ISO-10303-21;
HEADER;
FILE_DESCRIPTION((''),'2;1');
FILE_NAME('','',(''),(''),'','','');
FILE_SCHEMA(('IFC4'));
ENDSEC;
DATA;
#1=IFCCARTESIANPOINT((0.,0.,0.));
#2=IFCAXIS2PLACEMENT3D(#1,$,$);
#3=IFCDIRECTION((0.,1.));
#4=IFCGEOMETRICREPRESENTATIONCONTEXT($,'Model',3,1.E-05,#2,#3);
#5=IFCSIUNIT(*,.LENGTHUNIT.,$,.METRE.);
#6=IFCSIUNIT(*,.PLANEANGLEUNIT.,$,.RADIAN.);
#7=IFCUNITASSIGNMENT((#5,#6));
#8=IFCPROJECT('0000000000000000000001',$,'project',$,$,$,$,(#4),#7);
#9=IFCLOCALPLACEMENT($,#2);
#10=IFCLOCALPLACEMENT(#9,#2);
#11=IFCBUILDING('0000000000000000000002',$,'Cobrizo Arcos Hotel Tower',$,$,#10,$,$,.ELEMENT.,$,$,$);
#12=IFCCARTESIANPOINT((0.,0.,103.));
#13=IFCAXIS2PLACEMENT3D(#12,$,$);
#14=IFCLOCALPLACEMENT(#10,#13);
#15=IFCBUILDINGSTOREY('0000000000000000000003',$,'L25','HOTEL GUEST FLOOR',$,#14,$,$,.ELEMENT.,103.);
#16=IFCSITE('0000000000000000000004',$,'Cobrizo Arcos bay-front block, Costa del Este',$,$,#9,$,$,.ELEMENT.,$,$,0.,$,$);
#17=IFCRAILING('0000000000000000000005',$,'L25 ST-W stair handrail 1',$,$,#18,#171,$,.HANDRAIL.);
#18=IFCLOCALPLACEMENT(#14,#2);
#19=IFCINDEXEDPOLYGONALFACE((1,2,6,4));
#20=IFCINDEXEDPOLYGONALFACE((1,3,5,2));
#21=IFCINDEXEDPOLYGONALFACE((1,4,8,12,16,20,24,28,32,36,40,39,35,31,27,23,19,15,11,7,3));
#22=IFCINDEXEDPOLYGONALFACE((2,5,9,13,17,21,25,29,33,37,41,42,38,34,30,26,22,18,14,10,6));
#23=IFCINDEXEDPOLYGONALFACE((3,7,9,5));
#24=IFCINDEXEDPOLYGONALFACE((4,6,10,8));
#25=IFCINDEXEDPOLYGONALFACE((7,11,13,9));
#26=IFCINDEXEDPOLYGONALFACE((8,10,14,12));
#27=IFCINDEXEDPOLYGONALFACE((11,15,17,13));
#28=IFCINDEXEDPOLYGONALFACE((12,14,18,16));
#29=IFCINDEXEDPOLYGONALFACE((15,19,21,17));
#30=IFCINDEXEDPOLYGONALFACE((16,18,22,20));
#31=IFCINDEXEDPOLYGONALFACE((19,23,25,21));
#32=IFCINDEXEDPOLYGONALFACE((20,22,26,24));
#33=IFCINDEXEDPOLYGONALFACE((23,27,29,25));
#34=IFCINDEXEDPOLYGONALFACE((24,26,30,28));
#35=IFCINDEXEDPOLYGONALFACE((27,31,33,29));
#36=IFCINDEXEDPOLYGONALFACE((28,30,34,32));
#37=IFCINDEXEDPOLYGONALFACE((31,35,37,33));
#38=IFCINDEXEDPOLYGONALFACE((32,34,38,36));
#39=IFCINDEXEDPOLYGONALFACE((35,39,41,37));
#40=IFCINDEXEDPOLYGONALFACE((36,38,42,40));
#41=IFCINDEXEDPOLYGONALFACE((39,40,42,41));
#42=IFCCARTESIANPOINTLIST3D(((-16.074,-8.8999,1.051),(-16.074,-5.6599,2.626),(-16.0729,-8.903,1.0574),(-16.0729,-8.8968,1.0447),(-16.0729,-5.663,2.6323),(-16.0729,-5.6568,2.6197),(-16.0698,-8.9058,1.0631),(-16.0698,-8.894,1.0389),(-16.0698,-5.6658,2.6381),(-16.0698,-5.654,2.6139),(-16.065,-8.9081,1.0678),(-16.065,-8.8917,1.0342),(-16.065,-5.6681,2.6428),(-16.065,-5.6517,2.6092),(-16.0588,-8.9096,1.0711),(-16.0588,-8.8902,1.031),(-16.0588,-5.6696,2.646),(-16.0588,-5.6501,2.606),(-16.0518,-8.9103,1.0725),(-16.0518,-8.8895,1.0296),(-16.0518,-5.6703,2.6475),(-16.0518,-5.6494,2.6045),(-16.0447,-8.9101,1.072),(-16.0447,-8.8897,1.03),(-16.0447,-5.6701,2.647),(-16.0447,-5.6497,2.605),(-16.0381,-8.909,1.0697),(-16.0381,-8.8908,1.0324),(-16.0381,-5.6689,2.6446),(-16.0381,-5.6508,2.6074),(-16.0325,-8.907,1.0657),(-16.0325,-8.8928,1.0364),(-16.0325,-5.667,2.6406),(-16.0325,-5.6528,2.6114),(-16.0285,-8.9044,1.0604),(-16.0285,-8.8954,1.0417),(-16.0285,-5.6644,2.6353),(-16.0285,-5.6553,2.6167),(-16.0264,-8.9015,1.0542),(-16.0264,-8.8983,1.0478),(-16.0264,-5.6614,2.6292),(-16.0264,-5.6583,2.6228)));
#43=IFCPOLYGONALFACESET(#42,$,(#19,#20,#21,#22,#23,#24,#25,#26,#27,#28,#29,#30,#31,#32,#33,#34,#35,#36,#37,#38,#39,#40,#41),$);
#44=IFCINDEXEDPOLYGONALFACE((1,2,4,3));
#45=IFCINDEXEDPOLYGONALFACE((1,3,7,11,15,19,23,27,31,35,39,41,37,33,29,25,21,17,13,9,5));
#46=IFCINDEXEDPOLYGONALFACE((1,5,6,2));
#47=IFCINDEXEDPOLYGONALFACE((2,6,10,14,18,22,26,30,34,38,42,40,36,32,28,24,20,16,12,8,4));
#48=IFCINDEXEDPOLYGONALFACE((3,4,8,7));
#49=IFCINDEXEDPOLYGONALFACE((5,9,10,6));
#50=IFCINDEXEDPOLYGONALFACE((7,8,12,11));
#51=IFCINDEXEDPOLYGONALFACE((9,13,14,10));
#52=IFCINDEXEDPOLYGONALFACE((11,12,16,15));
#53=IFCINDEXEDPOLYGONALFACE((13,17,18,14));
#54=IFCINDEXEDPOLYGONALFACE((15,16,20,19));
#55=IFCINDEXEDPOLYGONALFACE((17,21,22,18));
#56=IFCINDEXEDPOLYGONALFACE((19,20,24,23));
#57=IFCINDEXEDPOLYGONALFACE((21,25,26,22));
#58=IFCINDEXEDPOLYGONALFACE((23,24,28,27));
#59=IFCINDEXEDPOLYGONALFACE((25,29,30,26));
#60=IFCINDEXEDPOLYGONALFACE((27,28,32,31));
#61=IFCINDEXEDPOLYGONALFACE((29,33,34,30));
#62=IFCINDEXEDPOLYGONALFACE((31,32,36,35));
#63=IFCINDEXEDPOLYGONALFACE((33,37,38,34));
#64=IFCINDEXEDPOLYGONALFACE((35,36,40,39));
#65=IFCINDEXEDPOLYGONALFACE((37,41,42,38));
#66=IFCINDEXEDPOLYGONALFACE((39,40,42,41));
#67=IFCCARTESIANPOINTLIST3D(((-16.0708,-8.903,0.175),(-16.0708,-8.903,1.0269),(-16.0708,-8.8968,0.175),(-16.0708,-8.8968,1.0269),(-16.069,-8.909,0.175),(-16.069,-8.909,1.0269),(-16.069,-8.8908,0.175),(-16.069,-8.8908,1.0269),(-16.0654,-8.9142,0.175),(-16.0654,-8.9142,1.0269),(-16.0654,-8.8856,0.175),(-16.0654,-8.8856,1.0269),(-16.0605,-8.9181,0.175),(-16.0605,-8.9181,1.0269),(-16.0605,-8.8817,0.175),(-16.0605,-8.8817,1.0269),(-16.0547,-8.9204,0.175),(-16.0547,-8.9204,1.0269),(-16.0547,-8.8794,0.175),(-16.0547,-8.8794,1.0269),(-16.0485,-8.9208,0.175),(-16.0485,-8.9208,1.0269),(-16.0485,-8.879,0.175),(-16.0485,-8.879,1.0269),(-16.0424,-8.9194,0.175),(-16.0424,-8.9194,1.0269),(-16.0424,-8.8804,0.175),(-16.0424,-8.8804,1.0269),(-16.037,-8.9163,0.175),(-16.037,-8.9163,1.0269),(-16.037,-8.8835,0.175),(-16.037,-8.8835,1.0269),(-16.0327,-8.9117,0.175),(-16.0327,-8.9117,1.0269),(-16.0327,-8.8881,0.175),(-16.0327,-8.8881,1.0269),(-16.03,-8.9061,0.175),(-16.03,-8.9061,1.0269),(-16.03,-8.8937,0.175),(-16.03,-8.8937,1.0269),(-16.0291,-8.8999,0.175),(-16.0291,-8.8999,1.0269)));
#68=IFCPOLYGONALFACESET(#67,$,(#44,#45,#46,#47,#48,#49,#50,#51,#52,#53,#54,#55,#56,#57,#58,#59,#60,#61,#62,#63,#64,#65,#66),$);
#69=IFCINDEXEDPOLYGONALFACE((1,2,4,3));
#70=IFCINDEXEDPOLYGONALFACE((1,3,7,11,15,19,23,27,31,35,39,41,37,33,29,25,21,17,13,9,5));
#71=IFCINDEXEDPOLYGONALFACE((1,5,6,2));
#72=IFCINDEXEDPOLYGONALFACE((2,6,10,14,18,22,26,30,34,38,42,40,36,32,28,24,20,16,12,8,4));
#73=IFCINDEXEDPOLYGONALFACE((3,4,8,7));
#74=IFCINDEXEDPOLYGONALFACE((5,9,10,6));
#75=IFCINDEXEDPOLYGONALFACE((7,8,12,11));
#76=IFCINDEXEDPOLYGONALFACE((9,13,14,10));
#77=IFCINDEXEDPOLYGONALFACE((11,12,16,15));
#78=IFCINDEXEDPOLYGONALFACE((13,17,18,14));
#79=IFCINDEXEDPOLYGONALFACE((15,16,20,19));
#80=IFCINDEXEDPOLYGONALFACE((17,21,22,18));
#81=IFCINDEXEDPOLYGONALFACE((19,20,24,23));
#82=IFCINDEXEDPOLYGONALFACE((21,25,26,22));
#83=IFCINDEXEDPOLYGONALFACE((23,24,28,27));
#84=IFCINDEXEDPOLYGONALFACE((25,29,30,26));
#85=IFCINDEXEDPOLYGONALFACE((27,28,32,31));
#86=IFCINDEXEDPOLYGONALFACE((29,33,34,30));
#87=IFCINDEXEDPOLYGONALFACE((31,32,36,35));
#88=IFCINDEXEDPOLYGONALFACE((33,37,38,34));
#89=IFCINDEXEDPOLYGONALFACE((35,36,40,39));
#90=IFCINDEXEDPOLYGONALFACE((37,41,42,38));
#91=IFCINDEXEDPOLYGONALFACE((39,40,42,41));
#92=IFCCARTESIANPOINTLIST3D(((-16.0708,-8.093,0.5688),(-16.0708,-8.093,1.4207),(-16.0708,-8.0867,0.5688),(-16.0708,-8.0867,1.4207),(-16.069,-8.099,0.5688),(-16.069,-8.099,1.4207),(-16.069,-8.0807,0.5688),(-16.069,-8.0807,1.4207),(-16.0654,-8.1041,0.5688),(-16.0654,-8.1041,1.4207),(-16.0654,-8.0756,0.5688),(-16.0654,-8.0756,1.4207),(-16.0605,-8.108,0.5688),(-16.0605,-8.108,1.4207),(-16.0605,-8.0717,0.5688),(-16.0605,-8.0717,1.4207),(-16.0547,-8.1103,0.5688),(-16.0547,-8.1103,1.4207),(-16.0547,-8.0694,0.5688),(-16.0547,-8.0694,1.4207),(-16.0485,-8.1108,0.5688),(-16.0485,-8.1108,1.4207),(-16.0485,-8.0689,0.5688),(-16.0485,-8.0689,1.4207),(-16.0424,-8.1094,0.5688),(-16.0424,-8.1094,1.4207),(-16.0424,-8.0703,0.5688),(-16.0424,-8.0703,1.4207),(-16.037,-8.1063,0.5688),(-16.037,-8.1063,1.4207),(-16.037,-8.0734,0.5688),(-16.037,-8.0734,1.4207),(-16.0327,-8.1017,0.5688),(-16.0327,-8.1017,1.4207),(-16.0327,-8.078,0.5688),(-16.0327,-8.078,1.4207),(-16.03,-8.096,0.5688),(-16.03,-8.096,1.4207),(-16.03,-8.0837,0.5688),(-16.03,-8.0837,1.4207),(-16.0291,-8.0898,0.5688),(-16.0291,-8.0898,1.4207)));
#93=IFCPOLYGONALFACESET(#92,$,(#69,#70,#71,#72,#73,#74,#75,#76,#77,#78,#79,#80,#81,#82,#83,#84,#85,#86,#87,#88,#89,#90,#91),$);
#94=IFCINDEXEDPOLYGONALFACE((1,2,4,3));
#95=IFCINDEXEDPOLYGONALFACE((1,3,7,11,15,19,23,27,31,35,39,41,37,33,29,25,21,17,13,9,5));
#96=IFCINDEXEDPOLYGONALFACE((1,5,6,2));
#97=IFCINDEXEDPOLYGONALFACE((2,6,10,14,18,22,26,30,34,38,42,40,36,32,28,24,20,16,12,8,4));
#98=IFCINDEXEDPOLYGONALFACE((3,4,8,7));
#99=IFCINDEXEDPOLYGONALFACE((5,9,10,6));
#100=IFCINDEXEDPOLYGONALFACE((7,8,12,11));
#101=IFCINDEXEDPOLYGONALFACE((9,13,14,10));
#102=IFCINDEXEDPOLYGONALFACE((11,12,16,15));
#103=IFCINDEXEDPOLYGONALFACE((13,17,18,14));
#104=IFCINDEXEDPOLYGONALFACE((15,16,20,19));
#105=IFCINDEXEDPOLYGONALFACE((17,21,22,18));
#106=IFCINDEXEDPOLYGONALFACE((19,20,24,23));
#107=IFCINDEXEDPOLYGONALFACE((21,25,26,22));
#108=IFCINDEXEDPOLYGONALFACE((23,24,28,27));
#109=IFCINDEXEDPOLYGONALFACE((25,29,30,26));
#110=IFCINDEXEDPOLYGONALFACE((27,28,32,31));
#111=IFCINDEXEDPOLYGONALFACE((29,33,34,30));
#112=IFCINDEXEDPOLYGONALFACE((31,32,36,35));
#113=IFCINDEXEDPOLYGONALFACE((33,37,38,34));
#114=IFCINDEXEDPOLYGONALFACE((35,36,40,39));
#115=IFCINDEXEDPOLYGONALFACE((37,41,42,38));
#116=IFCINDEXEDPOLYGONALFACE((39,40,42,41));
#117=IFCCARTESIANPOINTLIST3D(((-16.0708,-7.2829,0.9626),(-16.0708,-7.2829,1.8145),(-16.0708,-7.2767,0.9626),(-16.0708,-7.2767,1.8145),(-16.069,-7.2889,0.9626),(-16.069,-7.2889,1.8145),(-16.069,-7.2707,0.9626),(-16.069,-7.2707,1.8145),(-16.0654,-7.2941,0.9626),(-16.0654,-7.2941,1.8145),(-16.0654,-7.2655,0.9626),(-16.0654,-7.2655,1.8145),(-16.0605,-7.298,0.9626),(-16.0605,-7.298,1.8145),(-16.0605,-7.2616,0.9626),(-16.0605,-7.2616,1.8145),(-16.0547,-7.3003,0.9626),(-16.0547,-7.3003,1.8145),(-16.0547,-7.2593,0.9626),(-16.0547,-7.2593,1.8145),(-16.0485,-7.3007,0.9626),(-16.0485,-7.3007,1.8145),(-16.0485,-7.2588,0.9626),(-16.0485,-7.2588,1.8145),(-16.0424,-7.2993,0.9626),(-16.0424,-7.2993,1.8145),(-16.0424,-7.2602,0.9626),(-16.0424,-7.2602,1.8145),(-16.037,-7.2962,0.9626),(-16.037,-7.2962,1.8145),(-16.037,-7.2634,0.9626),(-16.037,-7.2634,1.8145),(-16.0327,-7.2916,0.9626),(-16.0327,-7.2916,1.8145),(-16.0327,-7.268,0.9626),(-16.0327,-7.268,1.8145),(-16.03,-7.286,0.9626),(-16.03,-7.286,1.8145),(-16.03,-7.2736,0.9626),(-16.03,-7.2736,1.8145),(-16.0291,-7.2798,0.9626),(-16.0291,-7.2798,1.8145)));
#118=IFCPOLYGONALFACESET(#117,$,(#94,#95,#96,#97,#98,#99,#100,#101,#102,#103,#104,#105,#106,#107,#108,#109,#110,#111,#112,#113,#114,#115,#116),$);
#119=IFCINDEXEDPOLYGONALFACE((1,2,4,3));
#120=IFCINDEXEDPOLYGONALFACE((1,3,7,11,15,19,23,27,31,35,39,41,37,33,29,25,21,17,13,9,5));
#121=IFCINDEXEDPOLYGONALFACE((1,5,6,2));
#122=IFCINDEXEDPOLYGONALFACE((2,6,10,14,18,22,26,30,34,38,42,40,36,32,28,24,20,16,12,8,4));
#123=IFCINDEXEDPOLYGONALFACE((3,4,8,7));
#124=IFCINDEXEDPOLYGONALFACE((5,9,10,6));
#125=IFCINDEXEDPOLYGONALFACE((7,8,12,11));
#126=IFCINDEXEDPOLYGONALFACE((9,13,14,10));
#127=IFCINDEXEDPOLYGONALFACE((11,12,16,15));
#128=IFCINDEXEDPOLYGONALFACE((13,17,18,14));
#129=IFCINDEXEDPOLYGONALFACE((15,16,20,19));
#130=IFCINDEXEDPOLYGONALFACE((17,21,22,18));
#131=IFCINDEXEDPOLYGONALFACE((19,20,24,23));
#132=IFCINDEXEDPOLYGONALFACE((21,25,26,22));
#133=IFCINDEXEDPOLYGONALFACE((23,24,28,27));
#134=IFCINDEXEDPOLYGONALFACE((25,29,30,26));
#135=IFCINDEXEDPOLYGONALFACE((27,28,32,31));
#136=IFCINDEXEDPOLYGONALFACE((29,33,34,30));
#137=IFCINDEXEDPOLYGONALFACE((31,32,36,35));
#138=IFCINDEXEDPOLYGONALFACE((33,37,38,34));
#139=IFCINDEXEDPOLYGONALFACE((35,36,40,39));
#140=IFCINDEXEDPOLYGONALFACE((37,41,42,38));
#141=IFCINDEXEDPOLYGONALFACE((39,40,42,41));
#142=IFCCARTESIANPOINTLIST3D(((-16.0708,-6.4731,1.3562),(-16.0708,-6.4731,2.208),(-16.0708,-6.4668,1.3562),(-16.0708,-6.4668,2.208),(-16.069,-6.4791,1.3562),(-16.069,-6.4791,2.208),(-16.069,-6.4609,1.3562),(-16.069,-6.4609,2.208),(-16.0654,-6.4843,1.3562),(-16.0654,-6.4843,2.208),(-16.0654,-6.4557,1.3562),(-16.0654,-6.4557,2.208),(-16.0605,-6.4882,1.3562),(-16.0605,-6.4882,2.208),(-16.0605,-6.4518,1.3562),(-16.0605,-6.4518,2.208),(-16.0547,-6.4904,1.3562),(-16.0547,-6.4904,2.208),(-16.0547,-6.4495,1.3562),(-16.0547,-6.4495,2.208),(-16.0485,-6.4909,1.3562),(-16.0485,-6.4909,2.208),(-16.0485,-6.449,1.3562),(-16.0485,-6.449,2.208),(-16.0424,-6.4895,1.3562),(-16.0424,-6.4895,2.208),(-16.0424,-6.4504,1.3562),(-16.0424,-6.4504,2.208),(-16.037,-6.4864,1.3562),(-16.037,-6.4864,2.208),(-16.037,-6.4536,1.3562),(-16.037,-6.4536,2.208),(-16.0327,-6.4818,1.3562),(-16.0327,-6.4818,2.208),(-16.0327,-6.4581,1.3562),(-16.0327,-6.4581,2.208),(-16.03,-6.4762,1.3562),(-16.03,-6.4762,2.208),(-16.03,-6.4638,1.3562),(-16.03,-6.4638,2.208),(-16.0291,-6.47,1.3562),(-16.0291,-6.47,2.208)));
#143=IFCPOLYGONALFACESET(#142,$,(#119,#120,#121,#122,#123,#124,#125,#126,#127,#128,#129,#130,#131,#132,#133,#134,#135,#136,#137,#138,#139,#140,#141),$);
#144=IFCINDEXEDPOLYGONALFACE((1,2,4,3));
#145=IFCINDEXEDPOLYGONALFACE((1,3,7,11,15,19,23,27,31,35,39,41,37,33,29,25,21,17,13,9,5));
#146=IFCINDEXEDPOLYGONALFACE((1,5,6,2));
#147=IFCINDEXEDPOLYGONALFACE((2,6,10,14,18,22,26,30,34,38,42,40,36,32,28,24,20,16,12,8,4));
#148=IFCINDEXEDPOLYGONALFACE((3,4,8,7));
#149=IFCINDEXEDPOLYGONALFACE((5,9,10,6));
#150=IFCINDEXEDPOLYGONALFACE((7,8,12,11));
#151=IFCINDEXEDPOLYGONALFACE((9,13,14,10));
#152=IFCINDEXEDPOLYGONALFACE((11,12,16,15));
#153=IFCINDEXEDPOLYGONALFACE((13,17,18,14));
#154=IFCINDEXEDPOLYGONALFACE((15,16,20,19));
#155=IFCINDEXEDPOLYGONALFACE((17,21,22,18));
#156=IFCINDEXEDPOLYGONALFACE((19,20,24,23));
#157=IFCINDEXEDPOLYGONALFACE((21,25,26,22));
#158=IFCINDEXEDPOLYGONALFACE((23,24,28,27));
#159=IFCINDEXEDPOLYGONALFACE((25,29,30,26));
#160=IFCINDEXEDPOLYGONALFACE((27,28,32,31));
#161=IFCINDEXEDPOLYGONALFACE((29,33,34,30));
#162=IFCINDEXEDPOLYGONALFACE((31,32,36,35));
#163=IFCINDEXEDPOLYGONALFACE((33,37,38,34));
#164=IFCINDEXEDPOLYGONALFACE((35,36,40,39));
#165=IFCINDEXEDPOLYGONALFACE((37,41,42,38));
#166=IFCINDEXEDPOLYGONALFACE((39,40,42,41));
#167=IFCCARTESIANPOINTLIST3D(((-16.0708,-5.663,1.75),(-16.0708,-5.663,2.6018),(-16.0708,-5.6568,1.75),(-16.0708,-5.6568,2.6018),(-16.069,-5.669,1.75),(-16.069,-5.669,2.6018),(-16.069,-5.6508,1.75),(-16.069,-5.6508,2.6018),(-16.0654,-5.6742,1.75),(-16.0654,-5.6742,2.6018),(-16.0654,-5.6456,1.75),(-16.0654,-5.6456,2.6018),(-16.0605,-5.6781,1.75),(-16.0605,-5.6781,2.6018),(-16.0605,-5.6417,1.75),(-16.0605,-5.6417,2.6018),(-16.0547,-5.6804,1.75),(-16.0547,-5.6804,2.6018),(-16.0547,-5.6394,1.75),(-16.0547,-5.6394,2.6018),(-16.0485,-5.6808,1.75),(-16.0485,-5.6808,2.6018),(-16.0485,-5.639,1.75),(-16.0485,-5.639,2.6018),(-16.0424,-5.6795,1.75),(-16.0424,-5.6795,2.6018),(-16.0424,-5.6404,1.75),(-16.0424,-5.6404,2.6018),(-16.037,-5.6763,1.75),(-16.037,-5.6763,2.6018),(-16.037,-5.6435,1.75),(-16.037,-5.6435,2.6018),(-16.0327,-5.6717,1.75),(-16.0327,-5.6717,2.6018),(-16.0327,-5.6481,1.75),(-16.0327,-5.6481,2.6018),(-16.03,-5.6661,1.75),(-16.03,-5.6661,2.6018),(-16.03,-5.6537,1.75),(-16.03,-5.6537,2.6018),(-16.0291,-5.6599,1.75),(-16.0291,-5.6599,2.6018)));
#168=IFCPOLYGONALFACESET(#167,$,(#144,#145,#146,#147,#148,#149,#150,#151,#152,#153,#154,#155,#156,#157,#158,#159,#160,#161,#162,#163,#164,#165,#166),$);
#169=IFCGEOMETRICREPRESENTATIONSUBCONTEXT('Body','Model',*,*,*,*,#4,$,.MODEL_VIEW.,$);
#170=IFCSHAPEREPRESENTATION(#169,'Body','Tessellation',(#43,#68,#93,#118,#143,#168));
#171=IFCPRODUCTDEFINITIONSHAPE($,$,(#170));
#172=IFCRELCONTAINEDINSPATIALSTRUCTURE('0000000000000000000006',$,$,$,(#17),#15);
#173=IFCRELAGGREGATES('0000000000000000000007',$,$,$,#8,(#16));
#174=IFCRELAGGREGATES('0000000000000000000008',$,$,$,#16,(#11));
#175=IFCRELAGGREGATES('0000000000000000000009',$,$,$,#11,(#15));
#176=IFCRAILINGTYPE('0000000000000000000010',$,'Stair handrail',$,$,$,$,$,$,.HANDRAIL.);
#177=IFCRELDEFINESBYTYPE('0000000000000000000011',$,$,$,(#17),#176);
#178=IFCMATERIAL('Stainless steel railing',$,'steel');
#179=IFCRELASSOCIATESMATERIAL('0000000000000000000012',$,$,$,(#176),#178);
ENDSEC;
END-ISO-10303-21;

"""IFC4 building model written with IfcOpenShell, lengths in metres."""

from ifc_helpers import new_model, si_unit, direction, frame, origin, origin_2d, place, context, subcontext, project, spatial, circle, extrude, material, type_object, element, save


model = new_model("IFC4")

# Units and contexts
model_context = context("Model", 3, precision=1e-05, world=origin(), true_north=direction((0.0, 1.0)))
body_context = subcontext(model_context, "Body", "Model", "MODEL_VIEW")
ifc_project = project(units=[si_unit("LENGTHUNIT", "METRE"), si_unit("PLANEANGLEUNIT", "RADIAN")], contexts=[model_context])

# Site, building, storey
site_placement = place(None, origin())
site = spatial("IfcSite", under=ifc_project, at=site_placement, Name="Cobrizo Arcos bay-front block, Costa del Este", CompositionType="ELEMENT", RefElevation=0.0)
building_placement = place(site_placement, origin())
building = spatial("IfcBuilding", under=site, at=building_placement, Name="Cobrizo Arcos Hotel Tower", CompositionType="ELEMENT")
storey_placement = place(building_placement, frame((0.0, 0.0, 103.0)))
storey = spatial("IfcBuildingStorey", under=building, at=storey_placement, Name="L25", Description="HOTEL GUEST FLOOR", CompositionType="ELEMENT", Elevation=103.0)

# Railing
ifc_material_1 = material(Name="Stainless steel railing", Category="steel")
railing_type_1 = type_object("IfcRailingType", Name="Stair handrail", PredefinedType="HANDRAIL", material=ifc_material_1)
railing_1_placement = place(storey_placement, frame((-16.05, -8.8999, 0.175)))
element("IfcRailing", 1, at=railing_1_placement, inside=storey, type_object=railing_type_1, Name="L25 ST-W stair handrail 1", PredefinedType="HANDRAIL", context=body_context, shape_type="SweptSolid", body=[
    extrude(circle(Radius=0.0239, at=origin_2d()), frame((0.0, 0.0, 0.876), z_axis=(0.0, 0.899373, 0.437183), x_axis=(-1.0, 0.0, 0.0)), (0.0, 0.0, 1.0), 3.6025),
    extrude(circle(Radius=0.021, at=origin_2d()), origin(), (0.0, 0.0, 1.0), 0.8518),
    extrude(circle(Radius=0.021, at=origin_2d()), frame((0.0, 0.8101, 0.3938)), (0.0, 0.0, 1.0), 0.8518),
    extrude(circle(Radius=0.021, at=origin_2d()), frame((0.0, 1.6201, 0.7876)), (0.0, 0.0, 1.0), 0.8518),
    extrude(circle(Radius=0.021, at=origin_2d()), frame((0.0, 2.4299, 1.1812)), (0.0, 0.0, 1.0), 0.8518),
    extrude(circle(Radius=0.021, at=origin_2d()), frame((0.0, 3.24, 1.575)), (0.0, 0.0, 1.0), 0.8518),
])

save(model, "model.ifc")
